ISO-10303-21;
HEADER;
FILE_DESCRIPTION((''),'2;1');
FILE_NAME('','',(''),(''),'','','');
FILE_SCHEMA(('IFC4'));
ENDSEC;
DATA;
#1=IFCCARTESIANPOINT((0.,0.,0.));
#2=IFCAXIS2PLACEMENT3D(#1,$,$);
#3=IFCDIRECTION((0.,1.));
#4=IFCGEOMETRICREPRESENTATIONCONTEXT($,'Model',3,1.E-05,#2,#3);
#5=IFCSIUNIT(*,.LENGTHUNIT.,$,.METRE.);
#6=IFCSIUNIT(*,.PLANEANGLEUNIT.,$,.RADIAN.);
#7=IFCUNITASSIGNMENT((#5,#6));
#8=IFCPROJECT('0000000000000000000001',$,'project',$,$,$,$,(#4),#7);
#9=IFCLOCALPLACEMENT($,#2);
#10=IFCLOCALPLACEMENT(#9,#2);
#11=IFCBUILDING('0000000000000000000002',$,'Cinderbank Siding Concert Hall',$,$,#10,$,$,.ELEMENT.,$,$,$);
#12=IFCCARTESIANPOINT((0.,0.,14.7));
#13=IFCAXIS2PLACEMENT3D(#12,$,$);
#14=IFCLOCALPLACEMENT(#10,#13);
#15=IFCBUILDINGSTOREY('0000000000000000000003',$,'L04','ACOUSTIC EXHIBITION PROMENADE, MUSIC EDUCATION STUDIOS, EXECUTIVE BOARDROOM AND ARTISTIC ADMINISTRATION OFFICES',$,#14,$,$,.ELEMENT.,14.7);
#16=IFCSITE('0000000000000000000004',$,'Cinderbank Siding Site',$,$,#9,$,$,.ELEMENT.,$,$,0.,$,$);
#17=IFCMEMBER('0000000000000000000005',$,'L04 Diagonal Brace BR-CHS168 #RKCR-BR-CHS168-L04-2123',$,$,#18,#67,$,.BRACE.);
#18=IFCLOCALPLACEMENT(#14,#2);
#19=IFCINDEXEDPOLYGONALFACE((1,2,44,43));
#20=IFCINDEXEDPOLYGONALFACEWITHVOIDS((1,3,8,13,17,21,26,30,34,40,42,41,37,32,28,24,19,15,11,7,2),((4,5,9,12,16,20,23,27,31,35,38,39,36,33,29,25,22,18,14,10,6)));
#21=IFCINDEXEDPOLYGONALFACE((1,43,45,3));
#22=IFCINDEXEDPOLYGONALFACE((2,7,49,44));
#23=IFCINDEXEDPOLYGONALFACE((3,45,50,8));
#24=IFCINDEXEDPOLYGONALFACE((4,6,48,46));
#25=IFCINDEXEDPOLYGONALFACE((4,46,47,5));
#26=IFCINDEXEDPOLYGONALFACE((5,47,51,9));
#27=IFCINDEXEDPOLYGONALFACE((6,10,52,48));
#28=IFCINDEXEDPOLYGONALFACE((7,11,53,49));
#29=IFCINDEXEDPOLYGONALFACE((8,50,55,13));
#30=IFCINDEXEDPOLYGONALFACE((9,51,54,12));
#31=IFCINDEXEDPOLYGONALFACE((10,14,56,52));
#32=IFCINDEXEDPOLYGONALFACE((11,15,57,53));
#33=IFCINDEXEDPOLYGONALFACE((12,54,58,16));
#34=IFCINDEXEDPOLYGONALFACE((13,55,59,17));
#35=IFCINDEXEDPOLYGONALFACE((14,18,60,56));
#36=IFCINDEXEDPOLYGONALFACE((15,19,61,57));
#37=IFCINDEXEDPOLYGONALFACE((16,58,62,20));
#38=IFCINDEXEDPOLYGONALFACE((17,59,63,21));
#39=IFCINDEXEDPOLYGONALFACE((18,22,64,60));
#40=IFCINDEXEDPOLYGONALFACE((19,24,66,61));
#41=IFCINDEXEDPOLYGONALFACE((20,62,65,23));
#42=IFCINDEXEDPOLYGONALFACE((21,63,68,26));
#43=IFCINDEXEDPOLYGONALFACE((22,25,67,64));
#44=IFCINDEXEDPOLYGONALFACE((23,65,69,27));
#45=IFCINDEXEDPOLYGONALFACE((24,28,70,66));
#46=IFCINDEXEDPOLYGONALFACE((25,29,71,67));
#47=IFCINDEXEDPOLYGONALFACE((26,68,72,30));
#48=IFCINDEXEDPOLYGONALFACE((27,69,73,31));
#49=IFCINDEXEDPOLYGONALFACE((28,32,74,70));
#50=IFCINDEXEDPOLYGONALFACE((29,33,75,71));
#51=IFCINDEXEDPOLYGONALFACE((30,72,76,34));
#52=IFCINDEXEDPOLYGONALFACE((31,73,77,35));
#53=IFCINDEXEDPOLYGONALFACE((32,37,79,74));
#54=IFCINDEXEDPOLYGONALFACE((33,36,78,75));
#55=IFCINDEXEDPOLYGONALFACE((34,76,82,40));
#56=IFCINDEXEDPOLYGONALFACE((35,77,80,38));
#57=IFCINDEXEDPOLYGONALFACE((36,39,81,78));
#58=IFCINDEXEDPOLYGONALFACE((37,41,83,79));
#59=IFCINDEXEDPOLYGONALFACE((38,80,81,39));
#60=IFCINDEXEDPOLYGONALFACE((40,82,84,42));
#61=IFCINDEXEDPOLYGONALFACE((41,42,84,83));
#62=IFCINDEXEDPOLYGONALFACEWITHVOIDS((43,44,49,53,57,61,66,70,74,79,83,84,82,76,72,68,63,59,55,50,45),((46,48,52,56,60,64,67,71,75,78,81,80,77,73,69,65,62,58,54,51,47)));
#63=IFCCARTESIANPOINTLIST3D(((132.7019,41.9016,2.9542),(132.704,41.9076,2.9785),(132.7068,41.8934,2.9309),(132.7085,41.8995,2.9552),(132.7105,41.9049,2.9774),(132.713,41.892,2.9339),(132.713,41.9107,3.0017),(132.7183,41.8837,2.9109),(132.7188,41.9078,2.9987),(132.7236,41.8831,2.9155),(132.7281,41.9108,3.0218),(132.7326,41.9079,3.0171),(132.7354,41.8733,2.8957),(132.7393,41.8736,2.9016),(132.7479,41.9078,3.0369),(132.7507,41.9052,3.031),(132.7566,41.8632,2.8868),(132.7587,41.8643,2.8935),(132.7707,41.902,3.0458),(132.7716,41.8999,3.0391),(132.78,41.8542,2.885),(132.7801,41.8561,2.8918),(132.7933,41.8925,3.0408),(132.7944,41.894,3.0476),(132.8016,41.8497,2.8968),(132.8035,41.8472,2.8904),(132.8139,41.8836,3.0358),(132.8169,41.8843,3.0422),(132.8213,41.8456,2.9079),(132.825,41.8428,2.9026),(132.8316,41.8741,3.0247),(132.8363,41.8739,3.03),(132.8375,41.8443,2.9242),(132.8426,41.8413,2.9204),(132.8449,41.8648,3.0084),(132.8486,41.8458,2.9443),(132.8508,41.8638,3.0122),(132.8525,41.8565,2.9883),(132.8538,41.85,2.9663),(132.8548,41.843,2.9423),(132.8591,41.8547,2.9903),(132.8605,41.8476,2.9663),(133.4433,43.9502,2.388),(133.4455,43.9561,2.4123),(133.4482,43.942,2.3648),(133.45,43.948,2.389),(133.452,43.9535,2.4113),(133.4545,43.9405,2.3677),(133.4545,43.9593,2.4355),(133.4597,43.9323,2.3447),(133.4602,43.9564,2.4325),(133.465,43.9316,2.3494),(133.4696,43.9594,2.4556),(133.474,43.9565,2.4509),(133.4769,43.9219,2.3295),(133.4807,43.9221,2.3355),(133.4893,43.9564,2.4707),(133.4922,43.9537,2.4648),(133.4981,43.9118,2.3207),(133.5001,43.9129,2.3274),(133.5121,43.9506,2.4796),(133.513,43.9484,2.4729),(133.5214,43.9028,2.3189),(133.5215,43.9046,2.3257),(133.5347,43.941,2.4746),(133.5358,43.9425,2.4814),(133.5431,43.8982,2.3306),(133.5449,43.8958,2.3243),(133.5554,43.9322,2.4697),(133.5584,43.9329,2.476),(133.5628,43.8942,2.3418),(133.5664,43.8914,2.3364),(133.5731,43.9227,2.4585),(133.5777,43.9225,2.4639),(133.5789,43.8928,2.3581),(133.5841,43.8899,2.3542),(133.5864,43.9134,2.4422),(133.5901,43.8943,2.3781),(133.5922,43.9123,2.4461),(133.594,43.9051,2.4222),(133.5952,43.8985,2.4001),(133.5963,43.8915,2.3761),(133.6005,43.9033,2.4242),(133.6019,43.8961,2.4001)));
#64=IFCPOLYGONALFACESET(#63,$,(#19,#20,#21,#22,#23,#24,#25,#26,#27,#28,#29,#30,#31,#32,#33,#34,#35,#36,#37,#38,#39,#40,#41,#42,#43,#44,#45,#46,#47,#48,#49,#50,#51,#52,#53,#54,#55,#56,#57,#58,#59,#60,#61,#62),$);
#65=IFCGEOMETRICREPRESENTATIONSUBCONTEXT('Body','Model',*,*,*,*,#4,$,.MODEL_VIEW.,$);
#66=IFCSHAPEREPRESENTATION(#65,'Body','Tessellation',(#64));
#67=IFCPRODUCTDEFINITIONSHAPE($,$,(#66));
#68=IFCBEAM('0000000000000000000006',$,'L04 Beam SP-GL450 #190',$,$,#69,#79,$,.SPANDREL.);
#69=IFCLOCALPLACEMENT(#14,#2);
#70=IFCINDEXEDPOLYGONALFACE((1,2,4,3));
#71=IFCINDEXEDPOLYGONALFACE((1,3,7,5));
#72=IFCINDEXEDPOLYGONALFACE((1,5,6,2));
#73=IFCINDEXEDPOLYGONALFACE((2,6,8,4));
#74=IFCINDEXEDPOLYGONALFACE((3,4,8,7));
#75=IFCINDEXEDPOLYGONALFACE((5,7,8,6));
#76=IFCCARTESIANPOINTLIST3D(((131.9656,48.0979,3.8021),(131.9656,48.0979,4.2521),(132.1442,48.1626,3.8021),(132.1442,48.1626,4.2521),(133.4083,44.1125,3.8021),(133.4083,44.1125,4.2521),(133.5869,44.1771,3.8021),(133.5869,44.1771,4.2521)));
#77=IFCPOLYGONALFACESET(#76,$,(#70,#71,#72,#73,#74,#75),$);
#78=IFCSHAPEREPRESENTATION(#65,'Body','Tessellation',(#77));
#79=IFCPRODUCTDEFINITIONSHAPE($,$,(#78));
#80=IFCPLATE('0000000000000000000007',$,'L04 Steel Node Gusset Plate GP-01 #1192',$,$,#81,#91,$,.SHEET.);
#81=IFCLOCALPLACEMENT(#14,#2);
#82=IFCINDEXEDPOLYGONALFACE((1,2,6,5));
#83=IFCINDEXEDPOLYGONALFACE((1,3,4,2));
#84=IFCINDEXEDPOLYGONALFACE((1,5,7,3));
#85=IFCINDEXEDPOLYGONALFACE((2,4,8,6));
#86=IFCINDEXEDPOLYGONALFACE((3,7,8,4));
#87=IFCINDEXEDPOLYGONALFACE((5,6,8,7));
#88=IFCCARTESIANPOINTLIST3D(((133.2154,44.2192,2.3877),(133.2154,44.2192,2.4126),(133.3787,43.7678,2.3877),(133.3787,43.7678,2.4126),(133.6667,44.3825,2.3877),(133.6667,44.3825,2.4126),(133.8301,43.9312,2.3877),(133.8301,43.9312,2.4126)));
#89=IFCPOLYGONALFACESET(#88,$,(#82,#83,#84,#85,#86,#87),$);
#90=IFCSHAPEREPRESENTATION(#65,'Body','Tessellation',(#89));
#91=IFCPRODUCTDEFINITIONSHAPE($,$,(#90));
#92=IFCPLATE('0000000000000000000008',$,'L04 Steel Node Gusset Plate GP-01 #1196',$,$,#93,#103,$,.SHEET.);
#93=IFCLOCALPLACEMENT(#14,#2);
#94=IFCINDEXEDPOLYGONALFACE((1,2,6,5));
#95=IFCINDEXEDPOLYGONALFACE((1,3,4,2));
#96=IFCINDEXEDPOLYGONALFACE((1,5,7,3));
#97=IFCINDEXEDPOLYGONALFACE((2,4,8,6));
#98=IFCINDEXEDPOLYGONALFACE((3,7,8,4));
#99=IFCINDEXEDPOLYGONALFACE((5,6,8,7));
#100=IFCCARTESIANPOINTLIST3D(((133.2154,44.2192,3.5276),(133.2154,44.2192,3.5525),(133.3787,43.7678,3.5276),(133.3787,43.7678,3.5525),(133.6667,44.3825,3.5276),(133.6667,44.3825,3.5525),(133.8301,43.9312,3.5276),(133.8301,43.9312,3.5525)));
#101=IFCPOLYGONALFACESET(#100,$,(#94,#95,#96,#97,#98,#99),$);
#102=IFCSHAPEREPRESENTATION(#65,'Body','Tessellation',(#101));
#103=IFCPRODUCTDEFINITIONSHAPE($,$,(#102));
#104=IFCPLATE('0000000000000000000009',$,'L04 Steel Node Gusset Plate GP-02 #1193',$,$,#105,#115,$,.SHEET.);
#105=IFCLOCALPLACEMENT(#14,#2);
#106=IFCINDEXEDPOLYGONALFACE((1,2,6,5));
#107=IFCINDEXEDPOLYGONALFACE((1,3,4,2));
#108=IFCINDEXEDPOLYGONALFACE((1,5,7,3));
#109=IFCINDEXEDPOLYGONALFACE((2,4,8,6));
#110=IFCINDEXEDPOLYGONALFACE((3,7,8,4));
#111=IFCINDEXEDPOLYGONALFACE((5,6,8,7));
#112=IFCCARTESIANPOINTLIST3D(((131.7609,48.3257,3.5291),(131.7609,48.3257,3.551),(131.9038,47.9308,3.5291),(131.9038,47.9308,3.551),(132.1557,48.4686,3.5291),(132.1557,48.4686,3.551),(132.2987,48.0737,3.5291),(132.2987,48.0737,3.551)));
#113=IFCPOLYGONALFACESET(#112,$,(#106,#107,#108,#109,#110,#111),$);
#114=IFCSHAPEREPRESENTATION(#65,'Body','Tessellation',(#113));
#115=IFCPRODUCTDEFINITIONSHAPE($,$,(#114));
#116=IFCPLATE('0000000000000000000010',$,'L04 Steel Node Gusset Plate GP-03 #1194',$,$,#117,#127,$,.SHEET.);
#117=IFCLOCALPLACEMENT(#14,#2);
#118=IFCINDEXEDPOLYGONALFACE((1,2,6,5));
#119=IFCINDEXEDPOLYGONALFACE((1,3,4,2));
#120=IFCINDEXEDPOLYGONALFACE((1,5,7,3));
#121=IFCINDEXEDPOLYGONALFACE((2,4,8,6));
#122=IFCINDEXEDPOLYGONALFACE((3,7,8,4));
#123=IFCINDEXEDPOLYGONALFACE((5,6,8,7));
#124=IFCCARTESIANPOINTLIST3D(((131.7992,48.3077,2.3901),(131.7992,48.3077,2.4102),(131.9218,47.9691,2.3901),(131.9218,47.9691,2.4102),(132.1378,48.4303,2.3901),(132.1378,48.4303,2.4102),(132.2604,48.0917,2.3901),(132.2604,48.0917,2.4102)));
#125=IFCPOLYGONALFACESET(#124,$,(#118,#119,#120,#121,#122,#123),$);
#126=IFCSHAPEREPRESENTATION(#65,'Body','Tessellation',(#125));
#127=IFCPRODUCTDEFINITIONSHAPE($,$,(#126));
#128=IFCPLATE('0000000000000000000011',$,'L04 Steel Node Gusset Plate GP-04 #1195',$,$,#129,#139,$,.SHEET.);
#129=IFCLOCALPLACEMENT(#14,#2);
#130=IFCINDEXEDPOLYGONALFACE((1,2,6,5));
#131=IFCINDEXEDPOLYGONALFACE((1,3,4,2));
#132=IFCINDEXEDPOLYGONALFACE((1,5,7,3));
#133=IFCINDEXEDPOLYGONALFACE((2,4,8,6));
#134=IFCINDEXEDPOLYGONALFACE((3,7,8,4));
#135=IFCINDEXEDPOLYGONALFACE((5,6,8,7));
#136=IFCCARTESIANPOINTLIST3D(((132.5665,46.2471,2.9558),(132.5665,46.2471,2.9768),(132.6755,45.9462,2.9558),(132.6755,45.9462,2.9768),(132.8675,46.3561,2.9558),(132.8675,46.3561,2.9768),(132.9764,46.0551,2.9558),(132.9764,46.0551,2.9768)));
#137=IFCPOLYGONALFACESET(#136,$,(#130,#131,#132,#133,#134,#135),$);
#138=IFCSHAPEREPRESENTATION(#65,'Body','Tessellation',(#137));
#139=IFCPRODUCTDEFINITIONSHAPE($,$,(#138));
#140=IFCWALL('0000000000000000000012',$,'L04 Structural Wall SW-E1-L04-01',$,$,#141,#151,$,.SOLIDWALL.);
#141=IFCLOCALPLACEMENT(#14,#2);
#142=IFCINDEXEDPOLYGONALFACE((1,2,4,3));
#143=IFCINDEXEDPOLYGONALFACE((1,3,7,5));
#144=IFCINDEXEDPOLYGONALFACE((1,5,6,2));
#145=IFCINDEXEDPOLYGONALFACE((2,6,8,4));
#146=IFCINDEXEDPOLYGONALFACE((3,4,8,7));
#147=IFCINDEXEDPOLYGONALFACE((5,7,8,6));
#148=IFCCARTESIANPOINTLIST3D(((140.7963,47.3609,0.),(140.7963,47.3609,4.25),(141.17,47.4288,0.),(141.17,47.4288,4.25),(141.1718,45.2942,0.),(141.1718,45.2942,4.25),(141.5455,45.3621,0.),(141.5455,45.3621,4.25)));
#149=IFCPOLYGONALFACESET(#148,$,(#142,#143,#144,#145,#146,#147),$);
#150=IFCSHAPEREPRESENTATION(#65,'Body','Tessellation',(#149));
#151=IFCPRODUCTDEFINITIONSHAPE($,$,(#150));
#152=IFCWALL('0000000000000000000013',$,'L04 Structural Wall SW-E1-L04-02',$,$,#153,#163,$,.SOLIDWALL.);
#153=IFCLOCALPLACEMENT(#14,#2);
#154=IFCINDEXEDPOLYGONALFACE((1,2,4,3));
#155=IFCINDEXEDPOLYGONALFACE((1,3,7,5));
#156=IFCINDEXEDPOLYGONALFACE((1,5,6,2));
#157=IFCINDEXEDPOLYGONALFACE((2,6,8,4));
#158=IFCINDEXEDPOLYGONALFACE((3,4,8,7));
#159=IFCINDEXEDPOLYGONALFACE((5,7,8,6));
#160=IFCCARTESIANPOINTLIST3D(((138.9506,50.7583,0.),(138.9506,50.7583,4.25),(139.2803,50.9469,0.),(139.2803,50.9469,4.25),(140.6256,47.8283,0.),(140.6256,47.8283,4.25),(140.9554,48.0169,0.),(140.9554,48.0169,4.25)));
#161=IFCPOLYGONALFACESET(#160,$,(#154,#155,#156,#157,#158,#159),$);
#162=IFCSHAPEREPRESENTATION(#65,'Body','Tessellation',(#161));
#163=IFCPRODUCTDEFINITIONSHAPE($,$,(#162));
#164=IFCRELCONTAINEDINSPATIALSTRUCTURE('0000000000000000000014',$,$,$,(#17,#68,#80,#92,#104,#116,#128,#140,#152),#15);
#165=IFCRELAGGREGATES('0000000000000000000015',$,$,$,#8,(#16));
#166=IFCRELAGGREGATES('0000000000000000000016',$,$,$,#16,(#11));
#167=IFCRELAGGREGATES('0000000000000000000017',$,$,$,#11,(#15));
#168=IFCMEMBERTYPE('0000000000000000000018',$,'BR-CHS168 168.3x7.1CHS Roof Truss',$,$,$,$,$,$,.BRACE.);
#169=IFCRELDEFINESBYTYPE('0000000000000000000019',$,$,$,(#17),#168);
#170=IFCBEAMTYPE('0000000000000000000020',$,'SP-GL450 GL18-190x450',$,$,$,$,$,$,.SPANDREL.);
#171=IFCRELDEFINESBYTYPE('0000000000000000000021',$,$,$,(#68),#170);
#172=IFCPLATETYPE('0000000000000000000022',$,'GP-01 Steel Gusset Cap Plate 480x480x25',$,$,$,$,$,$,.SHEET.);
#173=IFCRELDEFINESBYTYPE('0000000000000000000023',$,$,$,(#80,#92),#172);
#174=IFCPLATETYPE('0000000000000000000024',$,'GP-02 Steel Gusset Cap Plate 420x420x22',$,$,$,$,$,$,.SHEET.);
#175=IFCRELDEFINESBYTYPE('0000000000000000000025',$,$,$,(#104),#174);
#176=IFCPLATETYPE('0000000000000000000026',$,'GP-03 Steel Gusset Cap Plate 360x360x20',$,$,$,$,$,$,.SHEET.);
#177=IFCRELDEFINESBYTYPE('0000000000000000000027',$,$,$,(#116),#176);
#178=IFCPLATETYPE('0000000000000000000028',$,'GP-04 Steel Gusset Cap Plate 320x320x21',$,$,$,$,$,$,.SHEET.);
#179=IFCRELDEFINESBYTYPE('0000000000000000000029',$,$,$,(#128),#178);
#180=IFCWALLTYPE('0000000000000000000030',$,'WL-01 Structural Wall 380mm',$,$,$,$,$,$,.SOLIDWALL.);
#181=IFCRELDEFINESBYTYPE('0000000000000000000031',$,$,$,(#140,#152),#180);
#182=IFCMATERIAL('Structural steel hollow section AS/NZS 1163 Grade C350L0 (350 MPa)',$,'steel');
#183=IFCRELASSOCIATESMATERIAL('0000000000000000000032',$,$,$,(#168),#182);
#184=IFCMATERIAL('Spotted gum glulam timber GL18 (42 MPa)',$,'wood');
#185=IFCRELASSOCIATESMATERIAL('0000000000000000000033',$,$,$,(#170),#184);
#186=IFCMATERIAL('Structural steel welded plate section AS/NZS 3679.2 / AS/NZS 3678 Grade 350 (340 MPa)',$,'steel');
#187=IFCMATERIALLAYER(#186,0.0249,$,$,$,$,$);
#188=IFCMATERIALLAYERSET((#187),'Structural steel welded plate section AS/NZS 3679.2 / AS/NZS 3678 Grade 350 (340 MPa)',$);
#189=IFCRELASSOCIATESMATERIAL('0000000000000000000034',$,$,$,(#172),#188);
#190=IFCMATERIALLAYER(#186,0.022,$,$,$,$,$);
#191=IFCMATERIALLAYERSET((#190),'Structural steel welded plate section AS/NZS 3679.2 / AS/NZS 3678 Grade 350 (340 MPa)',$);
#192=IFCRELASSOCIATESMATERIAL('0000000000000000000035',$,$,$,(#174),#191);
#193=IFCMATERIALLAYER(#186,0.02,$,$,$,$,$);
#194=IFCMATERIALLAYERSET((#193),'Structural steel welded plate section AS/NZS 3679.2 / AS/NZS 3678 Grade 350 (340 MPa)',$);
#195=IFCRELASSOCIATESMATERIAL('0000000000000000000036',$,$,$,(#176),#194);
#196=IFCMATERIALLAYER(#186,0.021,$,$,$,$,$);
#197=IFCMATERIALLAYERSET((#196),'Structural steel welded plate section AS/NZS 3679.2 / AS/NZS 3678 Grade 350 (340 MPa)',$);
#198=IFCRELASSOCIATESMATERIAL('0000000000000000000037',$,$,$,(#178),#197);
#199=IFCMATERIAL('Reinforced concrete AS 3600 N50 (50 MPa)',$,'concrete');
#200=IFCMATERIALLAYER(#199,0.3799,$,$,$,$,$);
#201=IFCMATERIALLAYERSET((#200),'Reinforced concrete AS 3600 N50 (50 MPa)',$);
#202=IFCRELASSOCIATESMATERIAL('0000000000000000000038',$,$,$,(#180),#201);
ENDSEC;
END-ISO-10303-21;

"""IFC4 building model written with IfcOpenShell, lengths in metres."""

from ifc_helpers import new_model, si_unit, direction, frame, frame_2d, origin, origin_2d, place, context, subcontext, project, spatial, rectangle, hollow_circle, extrude, material, layer, layer_set, material_profile, profile_set, type_object, element, save


model = new_model("IFC4")

# Units and contexts
model_context = context("Model", 3, precision=1e-05, world=origin(), true_north=direction((0.0, 1.0)))
body_context = subcontext(model_context, "Body", "Model", "MODEL_VIEW")
ifc_project = project(units=[si_unit("LENGTHUNIT", "METRE"), si_unit("PLANEANGLEUNIT", "RADIAN")], contexts=[model_context])

# Site, building, storey
site_placement = place(None, origin())
site = spatial("IfcSite", under=ifc_project, at=site_placement, Name="Cinderbank Siding Site", CompositionType="ELEMENT", RefElevation=0.0)
building_placement = place(site_placement, origin())
building = spatial("IfcBuilding", under=site, at=building_placement, Name="Cinderbank Siding Concert Hall", CompositionType="ELEMENT")
storey_placement = place(building_placement, frame((0.0, 0.0, 14.7)))
storey = spatial("IfcBuildingStorey", under=building, at=storey_placement, Name="L04", Description="ACOUSTIC EXHIBITION PROMENADE, MUSIC EDUCATION STUDIOS, EXECUTIVE BOARDROOM AND ARTISTIC ADMINISTRATION OFFICES", CompositionType="ELEMENT", Elevation=14.7)

# Shared definitions
ifc_material_1 = material(Name="Structural steel hollow section AS/NZS 1163 Grade C350L0 (350 MPa)", Category="steel")
ifc_material_2 = material(Name="Reinforced concrete AS 3600 N50 (50 MPa)", Category="concrete")

# Member
ifc_material_profile_1 = material_profile(ifc_material_1, hollow_circle(Radius=0.0842, WallThickness=0.0071, at=origin_2d()), Name="168.3x7.1CHS", Category="LoadBearing")
ifc_profile_set_1 = profile_set([ifc_material_profile_1], Name="Structural steel hollow section AS/NZS 1163 Grade C350L0 (350 MPa)")
member_type = type_object("IfcMemberType", Name="BR-CHS168 168.3x7.1CHS Roof Truss", PredefinedType="BRACE", material=ifc_profile_set_1)
member_1_placement = place(storey_placement, frame((133.5227, 43.9248, 2.4001), z_axis=(-0.32939, -0.910078, 0.251516), x_axis=(0.940306, -0.34033, 0.0)))
element("IfcMember", 1, at=member_1_placement, inside=storey, type_object=member_type, Name="L04 Diagonal Brace BR-CHS168 #RKCR-BR-CHS168-L04-2123", PredefinedType="BRACE", context=body_context, shape_type="SweptSolid", body=[
    extrude(hollow_circle(Radius=0.0842, WallThickness=0.0071, at=origin_2d()), origin(), (0.0, 0.0, 1.0), 2.251),
])

# Beam
ifc_material_3 = material(Name="Spotted gum glulam timber GL18 (42 MPa)", Category="wood")
ifc_material_profile_2 = material_profile(ifc_material_3, rectangle(XDim=0.1899, YDim=0.45, at=origin_2d()), Name="GL18-190x450", Category="LoadBearing")
ifc_profile_set_2 = profile_set([ifc_material_profile_2], Name="Spotted gum glulam timber GL18 (42 MPa)")
beam_type = type_object("IfcBeamType", Name="SP-GL450 GL18-190x450", PredefinedType="SPANDREL", material=ifc_profile_set_2)
beam_placement = place(storey_placement, frame((133.4976, 44.1448, 4.0271), z_axis=(-0.340369, 0.940292, 0.0), x_axis=(-0.940292, -0.340369, 0.0)))
element("IfcBeam", 2, at=beam_placement, inside=storey, type_object=beam_type, Name="L04 Beam SP-GL450 #190", PredefinedType="SPANDREL", context=body_context, shape_type="SweptSolid", body=[
    extrude(rectangle(XDim=0.1899, YDim=0.45, at=origin_2d()), origin(), (0.0, 0.0, 1.0), 4.2385),
])

# Plates
ifc_material_4 = material(Name="Structural steel welded plate section AS/NZS 3679.2 / AS/NZS 3678 Grade 350 (340 MPa)", Category="steel")
ifc_layer_1 = layer(ifc_material_4, 0.0249)
ifc_layer_set_1 = layer_set([ifc_layer_1], Name="Structural steel welded plate section AS/NZS 3679.2 / AS/NZS 3678 Grade 350 (340 MPa)")
plate_type_1 = type_object("IfcPlateType", Name="GP-01 Steel Gusset Cap Plate 480x480x25", PredefinedType="SHEET", material=ifc_layer_set_1)
for number, where, z_axis, x_axis, name in (
    (3, (133.5227, 44.0752, 2.3877), (0.0, 0.0, 1.0), (-0.34038, 0.940288, 0.0), "L04 Steel Node Gusset Plate GP-01 #1192"),
    (4, (133.5227, 44.0752, 3.5276), (0.0, 0.0, 1.0), (0.34038, -0.940288, 0.0), "L04 Steel Node Gusset Plate GP-01 #1196"),
):
    element("IfcPlate", number, at=place(storey_placement, frame(where, z_axis=z_axis, x_axis=x_axis)), inside=storey, type_object=plate_type_1, Name=name, PredefinedType="SHEET", context=body_context, shape_type="SweptSolid", body=[
        extrude(rectangle(XDim=0.48, YDim=0.48, at=origin_2d()), origin(), (0.0, 0.0, 1.0), 0.0249),
    ])
ifc_layer_2 = layer(ifc_material_4, 0.022)
ifc_layer_set_2 = layer_set([ifc_layer_2], Name="Structural steel welded plate section AS/NZS 3679.2 / AS/NZS 3678 Grade 350 (340 MPa)")
plate_type_2 = type_object("IfcPlateType", Name="GP-02 Steel Gusset Cap Plate 420x420x22", PredefinedType="SHEET", material=ifc_layer_set_2)
plate_1_placement = place(storey_placement, frame((132.0298, 48.1997, 3.5291), z_axis=(0.0, 0.0, 1.0), x_axis=(-0.34038, 0.940288, 0.0)))
element("IfcPlate", 5, at=plate_1_placement, inside=storey, type_object=plate_type_2, Name="L04 Steel Node Gusset Plate GP-02 #1193", PredefinedType="SHEET", context=body_context, shape_type="SweptSolid", body=[
    extrude(rectangle(XDim=0.4199, YDim=0.4199, at=origin_2d()), origin(), (0.0, 0.0, 1.0), 0.022),
])
ifc_layer_3 = layer(ifc_material_4, 0.02)
ifc_layer_set_3 = layer_set([ifc_layer_3], Name="Structural steel welded plate section AS/NZS 3679.2 / AS/NZS 3678 Grade 350 (340 MPa)")
plate_type_3 = type_object("IfcPlateType", Name="GP-03 Steel Gusset Cap Plate 360x360x20", PredefinedType="SHEET", material=ifc_layer_set_3)
plate_2_placement = place(storey_placement, frame((132.0298, 48.1997, 2.3901), z_axis=(0.0, 0.0, 1.0), x_axis=(0.34038, -0.940288, 0.0)))
element("IfcPlate", 6, at=plate_2_placement, inside=storey, type_object=plate_type_3, Name="L04 Steel Node Gusset Plate GP-03 #1194", PredefinedType="SHEET", context=body_context, shape_type="SweptSolid", body=[
    extrude(rectangle(XDim=0.3601, YDim=0.3601, at=origin_2d()), origin(), (0.0, 0.0, 1.0), 0.02),
])
ifc_layer_4 = layer(ifc_material_4, 0.021)
ifc_layer_set_4 = layer_set([ifc_layer_4], Name="Structural steel welded plate section AS/NZS 3679.2 / AS/NZS 3678 Grade 350 (340 MPa)")
plate_type_4 = type_object("IfcPlateType", Name="GP-04 Steel Gusset Cap Plate 320x320x21", PredefinedType="SHEET", material=ifc_layer_set_4)
plate_3_placement = place(storey_placement, frame((132.7715, 46.1511, 2.9558), z_axis=(0.0, 0.0, 1.0), x_axis=(0.34038, -0.940288, 0.0)))
element("IfcPlate", 7, at=plate_3_placement, inside=storey, type_object=plate_type_4, Name="L04 Steel Node Gusset Plate GP-04 #1195", PredefinedType="SHEET", context=body_context, shape_type="SweptSolid", body=[
    extrude(rectangle(XDim=0.3201, YDim=0.3201, at=origin_2d()), origin(), (0.0, 0.0, 1.0), 0.021),
])

# Walls
ifc_layer_5 = layer(ifc_material_2, 0.3799)
ifc_layer_set_5 = layer_set([ifc_layer_5], Name="Reinforced concrete AS 3600 N50 (50 MPa)")
wall_type = type_object("IfcWallType", Name="WL-01 Structural Wall 380mm", PredefinedType="SOLIDWALL", material=ifc_layer_set_5)
wall_1_placement = place(storey_placement, frame((141.3586, 45.3281, 0.0), z_axis=(0.0, 0.0, 1.0), x_axis=(-0.178763, 0.983892, 0.0)))
element("IfcWall", 8, at=wall_1_placement, inside=storey, type_object=wall_type, Name="L04 Structural Wall SW-E1-L04-01", PredefinedType="SOLIDWALL", context=body_context, shape_type="SweptSolid", body=[
    extrude(rectangle(XDim=2.1006, YDim=0.3799, at=frame_2d((1.0503, 0.0))), origin(), (0.0, 0.0, 1.0), 4.25),
])
wall_2_placement = place(storey_placement, frame((140.7905, 47.9226, 0.0), z_axis=(0.0, 0.0, 1.0), x_axis=(-0.496318, 0.868141, 0.0)))
element("IfcWall", 9, at=wall_2_placement, inside=storey, type_object=wall_type, Name="L04 Structural Wall SW-E1-L04-02", PredefinedType="SOLIDWALL", context=body_context, shape_type="SweptSolid", body=[
    extrude(rectangle(XDim=3.375, YDim=0.3799, at=frame_2d((1.6875, 0.0))), origin(), (0.0, 0.0, 1.0), 4.25),
])

save(model, "model.ifc")
